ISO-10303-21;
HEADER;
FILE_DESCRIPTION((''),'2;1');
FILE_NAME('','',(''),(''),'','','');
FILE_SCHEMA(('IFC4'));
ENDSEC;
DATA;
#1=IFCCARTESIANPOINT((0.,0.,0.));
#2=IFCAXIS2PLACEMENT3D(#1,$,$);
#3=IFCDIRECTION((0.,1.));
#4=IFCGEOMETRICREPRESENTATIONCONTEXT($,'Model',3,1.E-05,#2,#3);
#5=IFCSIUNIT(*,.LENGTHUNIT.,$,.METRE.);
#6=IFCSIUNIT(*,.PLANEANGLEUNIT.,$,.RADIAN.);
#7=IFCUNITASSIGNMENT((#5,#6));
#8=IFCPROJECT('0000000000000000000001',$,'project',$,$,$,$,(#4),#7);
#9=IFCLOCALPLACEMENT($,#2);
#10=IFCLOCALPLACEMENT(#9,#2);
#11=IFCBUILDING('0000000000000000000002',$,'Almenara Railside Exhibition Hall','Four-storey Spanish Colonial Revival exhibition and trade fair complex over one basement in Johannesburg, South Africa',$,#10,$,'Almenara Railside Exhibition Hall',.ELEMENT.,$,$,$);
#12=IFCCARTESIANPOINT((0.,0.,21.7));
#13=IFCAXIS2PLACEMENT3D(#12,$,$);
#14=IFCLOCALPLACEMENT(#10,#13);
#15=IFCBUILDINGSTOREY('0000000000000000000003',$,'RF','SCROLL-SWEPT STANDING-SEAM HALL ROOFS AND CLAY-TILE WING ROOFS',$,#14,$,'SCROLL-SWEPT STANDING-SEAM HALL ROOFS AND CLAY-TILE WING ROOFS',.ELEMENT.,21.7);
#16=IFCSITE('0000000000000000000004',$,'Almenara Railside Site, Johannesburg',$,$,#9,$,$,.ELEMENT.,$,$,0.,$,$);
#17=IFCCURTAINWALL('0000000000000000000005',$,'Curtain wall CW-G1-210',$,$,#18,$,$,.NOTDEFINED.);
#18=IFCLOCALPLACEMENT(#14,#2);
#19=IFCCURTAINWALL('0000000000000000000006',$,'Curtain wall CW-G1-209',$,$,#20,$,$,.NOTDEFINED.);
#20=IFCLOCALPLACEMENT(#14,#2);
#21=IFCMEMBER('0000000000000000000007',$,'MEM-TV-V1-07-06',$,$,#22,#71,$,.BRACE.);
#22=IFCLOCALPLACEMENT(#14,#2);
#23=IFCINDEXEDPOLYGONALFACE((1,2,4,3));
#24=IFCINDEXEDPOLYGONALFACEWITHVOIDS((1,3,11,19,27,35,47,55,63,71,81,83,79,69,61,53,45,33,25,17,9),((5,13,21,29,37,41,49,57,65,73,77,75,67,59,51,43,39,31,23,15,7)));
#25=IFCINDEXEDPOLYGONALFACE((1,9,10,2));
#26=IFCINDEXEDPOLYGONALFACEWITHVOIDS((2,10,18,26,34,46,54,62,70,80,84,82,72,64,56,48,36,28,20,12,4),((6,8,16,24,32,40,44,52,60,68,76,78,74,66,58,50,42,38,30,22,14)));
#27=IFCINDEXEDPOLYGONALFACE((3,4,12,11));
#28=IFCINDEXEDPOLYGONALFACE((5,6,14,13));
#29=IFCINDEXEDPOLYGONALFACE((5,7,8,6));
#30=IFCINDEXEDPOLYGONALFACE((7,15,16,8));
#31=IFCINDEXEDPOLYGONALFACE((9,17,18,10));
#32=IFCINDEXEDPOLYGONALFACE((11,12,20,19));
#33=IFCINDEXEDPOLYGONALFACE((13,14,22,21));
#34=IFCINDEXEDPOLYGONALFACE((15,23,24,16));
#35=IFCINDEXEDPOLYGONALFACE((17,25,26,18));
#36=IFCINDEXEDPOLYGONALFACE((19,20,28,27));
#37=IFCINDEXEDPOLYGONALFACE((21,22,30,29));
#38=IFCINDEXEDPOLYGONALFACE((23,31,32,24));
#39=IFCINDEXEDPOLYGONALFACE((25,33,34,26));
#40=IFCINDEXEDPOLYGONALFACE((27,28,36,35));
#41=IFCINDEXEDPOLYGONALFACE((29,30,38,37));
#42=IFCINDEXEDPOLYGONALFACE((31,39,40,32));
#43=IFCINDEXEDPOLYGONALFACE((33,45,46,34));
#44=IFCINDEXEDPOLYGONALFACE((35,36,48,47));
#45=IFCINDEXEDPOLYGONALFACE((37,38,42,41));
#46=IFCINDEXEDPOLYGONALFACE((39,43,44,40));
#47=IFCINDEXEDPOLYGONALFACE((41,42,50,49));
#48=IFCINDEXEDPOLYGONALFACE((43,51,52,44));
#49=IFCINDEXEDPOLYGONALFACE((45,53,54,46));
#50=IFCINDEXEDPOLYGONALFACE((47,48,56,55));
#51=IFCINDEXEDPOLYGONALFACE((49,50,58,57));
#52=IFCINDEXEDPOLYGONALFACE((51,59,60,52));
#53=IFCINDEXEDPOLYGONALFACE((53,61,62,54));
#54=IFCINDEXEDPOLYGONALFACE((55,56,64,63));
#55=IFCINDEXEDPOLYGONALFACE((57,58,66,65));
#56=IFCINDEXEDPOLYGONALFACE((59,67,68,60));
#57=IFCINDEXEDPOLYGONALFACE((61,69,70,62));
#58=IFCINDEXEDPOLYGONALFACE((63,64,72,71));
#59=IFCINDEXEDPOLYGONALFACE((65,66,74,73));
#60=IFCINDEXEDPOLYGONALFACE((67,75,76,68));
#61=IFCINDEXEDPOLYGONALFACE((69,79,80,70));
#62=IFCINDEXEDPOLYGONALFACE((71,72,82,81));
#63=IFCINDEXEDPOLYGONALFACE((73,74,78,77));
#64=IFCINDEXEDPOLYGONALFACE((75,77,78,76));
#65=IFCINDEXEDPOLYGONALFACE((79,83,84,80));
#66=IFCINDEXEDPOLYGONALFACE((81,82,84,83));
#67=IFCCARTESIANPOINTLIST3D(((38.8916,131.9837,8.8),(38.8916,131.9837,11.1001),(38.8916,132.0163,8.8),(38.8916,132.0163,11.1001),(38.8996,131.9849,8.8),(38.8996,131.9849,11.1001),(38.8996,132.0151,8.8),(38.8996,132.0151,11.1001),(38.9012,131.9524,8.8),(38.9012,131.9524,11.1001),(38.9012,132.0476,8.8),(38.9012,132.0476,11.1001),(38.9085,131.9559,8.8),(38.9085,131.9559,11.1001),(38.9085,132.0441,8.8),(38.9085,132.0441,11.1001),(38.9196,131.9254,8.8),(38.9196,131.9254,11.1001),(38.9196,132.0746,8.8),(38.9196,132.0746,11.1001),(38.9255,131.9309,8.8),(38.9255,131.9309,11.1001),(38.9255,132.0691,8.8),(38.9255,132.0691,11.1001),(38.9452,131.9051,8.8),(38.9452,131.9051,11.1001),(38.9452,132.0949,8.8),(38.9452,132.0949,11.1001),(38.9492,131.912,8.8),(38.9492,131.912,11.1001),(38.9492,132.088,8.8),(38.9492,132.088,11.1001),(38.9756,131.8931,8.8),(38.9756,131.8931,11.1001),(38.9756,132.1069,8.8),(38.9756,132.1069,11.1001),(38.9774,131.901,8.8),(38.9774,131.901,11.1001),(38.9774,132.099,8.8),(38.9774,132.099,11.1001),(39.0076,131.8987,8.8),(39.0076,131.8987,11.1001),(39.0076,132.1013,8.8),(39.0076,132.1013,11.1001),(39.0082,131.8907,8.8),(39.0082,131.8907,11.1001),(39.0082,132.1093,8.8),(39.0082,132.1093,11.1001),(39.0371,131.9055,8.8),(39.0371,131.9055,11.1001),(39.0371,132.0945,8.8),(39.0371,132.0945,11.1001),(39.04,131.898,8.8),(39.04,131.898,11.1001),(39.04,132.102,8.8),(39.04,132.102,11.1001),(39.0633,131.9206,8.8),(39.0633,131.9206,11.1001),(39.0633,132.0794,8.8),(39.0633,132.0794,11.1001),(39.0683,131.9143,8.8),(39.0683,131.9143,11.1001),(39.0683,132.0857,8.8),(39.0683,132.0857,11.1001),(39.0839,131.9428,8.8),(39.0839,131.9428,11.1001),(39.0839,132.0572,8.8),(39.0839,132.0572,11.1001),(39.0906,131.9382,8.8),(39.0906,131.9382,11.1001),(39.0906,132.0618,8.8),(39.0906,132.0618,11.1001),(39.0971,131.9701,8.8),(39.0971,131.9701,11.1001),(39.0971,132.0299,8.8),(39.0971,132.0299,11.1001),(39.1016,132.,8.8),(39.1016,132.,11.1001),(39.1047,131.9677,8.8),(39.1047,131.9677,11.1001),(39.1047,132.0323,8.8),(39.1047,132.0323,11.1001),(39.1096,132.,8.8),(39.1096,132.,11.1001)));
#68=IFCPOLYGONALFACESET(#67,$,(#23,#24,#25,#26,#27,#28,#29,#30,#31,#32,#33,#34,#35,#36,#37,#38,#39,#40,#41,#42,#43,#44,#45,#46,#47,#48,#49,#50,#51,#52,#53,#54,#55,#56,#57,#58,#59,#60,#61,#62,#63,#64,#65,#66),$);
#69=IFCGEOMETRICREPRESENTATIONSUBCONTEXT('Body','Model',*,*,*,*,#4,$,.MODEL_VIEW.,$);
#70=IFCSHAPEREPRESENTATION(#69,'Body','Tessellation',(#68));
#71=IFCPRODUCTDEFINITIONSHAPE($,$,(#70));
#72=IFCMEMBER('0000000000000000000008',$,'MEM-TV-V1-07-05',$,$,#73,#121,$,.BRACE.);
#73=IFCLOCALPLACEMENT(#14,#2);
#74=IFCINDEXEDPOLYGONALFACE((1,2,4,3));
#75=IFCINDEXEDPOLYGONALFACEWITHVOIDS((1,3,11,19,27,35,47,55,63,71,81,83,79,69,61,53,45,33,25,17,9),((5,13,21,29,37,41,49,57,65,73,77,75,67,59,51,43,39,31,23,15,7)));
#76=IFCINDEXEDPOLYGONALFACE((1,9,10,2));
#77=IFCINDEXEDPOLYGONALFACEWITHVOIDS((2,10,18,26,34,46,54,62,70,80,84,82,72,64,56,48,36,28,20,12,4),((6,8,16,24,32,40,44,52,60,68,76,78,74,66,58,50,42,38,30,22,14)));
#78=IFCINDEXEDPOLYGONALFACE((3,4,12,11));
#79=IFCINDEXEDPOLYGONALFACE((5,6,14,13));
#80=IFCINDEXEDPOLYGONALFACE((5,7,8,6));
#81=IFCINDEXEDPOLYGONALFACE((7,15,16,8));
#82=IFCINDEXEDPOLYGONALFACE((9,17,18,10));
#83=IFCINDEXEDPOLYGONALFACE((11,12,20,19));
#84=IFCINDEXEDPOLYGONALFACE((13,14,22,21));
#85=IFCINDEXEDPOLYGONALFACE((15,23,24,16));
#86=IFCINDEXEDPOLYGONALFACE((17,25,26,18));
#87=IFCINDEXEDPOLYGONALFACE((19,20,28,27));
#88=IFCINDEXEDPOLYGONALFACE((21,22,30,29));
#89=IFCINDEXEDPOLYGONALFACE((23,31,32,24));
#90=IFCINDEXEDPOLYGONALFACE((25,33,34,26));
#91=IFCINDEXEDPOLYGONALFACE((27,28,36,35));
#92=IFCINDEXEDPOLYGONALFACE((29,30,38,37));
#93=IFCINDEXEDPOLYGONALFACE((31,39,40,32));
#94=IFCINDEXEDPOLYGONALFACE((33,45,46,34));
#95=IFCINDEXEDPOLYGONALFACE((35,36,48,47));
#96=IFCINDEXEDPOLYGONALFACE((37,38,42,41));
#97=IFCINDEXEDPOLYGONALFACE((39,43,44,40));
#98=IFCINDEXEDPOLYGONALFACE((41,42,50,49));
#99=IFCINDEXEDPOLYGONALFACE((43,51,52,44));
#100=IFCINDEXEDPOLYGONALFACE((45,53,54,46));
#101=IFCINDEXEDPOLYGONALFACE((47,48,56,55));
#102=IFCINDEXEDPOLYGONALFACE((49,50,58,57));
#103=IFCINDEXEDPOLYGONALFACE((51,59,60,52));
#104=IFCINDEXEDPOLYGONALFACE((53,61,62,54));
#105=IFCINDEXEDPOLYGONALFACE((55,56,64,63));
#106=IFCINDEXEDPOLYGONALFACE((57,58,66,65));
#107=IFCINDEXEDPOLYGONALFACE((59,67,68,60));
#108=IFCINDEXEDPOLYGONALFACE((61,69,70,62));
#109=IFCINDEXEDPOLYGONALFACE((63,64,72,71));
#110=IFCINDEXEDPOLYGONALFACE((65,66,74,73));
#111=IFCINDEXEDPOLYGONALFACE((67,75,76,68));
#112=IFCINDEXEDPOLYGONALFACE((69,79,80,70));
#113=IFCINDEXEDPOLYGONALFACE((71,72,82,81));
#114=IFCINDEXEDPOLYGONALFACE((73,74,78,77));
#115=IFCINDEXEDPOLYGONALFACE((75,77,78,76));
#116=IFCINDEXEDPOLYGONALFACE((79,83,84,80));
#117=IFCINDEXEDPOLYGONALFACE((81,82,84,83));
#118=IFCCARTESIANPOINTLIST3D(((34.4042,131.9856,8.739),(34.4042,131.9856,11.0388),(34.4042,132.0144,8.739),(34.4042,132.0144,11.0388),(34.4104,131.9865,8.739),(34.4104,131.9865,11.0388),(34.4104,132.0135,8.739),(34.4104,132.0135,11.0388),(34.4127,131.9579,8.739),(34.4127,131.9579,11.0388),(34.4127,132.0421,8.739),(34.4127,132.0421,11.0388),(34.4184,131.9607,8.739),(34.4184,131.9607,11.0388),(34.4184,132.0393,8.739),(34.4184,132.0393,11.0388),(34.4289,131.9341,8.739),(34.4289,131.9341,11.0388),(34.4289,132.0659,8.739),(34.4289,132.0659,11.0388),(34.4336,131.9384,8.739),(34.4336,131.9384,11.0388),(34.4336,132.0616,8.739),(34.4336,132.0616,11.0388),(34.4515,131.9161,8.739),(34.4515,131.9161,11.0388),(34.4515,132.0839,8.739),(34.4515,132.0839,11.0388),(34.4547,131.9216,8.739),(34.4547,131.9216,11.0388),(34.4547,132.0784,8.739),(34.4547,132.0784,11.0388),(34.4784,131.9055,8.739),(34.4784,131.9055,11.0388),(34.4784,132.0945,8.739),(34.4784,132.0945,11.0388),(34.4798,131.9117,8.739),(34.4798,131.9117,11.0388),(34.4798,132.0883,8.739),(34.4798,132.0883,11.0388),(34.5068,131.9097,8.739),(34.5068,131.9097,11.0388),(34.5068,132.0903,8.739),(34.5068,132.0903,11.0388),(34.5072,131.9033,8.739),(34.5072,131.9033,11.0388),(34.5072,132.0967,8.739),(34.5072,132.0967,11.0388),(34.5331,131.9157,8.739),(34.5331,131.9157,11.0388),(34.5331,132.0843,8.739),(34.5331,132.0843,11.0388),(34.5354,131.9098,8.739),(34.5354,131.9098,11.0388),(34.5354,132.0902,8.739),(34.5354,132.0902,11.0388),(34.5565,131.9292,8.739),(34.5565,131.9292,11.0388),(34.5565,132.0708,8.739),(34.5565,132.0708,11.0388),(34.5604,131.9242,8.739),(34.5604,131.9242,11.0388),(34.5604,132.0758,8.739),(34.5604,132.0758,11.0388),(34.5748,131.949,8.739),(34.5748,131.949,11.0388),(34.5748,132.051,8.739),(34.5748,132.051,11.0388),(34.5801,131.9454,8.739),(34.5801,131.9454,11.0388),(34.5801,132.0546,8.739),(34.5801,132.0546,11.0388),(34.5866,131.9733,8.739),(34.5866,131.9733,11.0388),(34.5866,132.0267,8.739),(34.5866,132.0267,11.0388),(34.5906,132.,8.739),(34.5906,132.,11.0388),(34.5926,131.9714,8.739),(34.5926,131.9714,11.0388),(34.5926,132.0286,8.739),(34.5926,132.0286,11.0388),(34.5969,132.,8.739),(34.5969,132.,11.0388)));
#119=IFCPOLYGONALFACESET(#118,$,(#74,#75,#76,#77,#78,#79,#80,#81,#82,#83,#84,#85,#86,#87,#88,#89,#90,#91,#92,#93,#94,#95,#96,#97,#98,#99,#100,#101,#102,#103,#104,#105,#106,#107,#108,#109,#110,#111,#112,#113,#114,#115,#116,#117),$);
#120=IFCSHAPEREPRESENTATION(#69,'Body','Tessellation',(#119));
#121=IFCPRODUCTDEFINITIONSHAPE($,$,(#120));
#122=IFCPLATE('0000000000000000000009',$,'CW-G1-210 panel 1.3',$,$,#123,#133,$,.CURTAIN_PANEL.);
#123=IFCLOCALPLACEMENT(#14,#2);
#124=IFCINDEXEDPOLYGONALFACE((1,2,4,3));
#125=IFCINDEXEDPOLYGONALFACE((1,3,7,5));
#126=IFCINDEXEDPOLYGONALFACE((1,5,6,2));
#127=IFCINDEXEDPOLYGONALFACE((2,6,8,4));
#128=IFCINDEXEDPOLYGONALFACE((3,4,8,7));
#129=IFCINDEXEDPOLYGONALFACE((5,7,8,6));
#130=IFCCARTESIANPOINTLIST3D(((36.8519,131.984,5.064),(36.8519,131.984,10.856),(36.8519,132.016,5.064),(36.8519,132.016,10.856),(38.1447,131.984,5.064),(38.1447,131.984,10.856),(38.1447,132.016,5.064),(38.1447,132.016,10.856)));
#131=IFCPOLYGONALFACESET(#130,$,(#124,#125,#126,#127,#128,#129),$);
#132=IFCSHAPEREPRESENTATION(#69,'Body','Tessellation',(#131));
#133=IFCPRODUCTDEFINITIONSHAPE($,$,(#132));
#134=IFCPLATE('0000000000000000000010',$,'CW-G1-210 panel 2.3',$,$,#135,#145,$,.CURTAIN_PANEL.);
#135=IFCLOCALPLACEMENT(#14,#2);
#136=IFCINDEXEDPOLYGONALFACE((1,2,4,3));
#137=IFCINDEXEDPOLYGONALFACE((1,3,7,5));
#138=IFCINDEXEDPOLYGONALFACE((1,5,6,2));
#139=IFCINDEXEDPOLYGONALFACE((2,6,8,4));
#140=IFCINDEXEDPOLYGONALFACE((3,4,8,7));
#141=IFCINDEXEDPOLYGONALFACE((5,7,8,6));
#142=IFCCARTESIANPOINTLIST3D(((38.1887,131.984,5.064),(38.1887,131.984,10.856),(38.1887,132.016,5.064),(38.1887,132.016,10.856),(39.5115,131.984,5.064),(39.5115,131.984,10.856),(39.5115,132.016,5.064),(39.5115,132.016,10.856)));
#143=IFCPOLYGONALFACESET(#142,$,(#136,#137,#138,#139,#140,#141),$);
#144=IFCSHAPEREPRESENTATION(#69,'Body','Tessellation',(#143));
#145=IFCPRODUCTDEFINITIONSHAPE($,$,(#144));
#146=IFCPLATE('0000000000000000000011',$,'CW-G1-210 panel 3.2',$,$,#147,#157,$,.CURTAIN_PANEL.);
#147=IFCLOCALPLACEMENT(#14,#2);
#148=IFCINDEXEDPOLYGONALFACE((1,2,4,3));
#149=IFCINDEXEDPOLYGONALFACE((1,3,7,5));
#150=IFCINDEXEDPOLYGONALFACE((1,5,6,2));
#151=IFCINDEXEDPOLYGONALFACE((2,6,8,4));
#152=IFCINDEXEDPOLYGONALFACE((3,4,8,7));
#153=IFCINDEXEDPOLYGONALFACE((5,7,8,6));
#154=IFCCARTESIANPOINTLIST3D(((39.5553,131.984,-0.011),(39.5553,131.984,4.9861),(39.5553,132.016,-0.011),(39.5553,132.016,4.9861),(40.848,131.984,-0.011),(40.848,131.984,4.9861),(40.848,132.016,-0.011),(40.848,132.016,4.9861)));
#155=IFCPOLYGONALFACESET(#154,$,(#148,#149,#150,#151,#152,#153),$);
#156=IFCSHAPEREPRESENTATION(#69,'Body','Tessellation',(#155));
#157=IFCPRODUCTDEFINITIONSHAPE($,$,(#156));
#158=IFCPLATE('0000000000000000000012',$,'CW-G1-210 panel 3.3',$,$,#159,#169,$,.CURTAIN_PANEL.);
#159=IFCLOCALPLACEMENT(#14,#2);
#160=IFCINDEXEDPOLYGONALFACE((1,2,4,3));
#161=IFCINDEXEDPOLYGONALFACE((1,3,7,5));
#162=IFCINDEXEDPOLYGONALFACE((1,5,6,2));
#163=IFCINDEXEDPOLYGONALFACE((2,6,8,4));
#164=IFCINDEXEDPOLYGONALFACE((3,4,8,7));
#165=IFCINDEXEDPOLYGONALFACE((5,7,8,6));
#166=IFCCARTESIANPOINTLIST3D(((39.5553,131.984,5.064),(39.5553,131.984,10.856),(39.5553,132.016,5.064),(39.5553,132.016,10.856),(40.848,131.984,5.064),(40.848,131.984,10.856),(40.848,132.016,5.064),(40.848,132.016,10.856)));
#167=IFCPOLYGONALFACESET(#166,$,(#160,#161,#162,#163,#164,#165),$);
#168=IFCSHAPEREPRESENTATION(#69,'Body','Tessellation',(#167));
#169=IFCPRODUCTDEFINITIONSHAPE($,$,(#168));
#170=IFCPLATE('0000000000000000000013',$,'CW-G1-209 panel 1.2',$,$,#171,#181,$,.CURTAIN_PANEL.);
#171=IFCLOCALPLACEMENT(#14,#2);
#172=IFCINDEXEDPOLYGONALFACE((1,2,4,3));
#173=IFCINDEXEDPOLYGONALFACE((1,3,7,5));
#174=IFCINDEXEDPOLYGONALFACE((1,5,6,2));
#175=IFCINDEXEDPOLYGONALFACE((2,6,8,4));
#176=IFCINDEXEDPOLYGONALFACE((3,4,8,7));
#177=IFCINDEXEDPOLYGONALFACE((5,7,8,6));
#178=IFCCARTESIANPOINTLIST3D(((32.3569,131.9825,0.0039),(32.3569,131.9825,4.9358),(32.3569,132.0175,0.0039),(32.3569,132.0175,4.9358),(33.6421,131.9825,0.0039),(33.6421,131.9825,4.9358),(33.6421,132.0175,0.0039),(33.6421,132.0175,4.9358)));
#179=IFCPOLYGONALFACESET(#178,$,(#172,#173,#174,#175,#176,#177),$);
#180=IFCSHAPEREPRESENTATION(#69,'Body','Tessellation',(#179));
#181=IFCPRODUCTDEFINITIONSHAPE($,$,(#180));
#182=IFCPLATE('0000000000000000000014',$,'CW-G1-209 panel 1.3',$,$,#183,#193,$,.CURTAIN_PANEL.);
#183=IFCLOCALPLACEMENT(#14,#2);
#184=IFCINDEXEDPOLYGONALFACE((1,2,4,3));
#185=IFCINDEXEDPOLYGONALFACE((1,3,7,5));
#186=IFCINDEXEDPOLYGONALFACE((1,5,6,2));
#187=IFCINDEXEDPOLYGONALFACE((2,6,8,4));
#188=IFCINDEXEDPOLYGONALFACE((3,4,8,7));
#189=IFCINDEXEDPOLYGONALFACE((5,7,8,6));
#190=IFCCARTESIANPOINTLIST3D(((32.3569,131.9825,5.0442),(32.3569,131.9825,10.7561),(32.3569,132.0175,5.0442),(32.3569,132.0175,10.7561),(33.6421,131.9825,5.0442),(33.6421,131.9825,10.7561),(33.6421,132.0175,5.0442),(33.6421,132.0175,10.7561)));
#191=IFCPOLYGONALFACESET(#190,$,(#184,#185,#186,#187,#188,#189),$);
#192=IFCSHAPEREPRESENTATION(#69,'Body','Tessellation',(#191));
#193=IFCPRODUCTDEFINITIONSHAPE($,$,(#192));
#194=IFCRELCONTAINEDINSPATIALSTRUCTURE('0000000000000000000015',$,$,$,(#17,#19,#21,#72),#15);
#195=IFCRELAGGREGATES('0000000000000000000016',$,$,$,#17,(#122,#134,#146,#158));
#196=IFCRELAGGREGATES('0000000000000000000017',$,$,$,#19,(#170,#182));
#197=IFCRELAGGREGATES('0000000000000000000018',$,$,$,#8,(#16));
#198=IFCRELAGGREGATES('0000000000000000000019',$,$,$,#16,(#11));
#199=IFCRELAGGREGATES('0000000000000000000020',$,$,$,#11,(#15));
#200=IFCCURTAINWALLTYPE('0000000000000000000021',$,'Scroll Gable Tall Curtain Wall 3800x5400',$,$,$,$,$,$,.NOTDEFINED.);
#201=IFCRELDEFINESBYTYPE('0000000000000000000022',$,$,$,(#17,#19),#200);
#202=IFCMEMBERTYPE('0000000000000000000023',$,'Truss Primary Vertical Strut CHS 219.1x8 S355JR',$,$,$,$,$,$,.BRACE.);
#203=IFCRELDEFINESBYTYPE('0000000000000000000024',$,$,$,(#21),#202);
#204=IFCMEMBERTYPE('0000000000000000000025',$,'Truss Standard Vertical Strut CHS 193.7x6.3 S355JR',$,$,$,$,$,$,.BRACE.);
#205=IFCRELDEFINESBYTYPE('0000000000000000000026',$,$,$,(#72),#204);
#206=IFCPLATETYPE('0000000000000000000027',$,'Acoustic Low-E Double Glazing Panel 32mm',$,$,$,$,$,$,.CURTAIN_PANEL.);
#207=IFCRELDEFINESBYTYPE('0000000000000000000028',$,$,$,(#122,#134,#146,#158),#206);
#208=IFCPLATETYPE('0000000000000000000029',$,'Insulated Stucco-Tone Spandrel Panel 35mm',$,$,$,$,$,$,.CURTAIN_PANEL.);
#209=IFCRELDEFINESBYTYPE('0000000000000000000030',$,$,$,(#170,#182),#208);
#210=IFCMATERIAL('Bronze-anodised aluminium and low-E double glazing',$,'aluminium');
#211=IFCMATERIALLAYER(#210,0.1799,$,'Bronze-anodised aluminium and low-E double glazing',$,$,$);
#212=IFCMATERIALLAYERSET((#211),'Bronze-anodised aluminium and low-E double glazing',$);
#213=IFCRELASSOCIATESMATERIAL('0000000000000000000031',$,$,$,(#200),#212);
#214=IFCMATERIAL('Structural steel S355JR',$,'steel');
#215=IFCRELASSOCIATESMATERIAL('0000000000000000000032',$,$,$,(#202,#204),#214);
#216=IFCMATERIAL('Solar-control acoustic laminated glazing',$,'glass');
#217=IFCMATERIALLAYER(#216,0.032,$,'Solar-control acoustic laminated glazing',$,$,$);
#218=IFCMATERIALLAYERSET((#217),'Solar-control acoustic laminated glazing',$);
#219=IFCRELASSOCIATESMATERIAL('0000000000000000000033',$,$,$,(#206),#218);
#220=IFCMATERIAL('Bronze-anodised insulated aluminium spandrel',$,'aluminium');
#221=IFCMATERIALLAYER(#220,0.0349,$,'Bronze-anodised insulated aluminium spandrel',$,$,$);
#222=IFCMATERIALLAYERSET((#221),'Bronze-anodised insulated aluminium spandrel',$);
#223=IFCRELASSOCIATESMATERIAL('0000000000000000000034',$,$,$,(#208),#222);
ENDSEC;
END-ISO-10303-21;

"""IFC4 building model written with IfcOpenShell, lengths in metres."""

from ifc_helpers import new_model, si_unit, direction, frame, origin, origin_2d, place, context, subcontext, project, spatial, rectangle, hollow_circle, extrude, material, layer, layer_set, material_profile, profile_set, type_object, element, aggregate, save


model = new_model("IFC4")

# Units and contexts
model_context = context("Model", 3, precision=1e-05, world=origin(), true_north=direction((0.0, 1.0)))
body_context = subcontext(model_context, "Body", "Model", "MODEL_VIEW")
ifc_project = project(units=[si_unit("LENGTHUNIT", "METRE"), si_unit("PLANEANGLEUNIT", "RADIAN")], contexts=[model_context])

# Site, building, storey
site_placement = place(None, origin())
site = spatial("IfcSite", under=ifc_project, at=site_placement, Name="Almenara Railside Site, Johannesburg", CompositionType="ELEMENT", RefElevation=0.0)
building_placement = place(site_placement, origin())
building = spatial("IfcBuilding", under=site, at=building_placement, Name="Almenara Railside Exhibition Hall", Description="Four-storey Spanish Colonial Revival exhibition and trade fair complex over one basement in Johannesburg, South Africa", LongName="Almenara Railside Exhibition Hall", CompositionType="ELEMENT")
storey_placement = place(building_placement, frame((0.0, 0.0, 21.7)))
storey = spatial("IfcBuildingStorey", under=building, at=storey_placement, Name="RF", Description="SCROLL-SWEPT STANDING-SEAM HALL ROOFS AND CLAY-TILE WING ROOFS", LongName="SCROLL-SWEPT STANDING-SEAM HALL ROOFS AND CLAY-TILE WING ROOFS", CompositionType="ELEMENT", Elevation=21.7)

# Shared definitions
ifc_material_1 = material(Name="Structural steel S355JR", Category="steel")

# Curtain walls
ifc_material_2 = material(Name="Bronze-anodised aluminium and low-E double glazing", Category="aluminium")
ifc_layer_1 = layer(ifc_material_2, 0.1799, Name="Bronze-anodised aluminium and low-E double glazing")
ifc_layer_set_1 = layer_set([ifc_layer_1], Name="Bronze-anodised aluminium and low-E double glazing")
curtain_wall_type = type_object("IfcCurtainWallType", Name="Scroll Gable Tall Curtain Wall 3800x5400", PredefinedType="NOTDEFINED", material=ifc_layer_set_1)
curtain_wall_1_placement = place(storey_placement, origin())
curtain_wall_1 = element("IfcCurtainWall", 1, at=curtain_wall_1_placement, inside=storey, type_object=curtain_wall_type, Name="Curtain wall CW-G1-210", PredefinedType="NOTDEFINED")
curtain_wall_2_placement = place(storey_placement, origin())
curtain_wall_2 = element("IfcCurtainWall", 2, at=curtain_wall_2_placement, inside=storey, type_object=curtain_wall_type, Name="Curtain wall CW-G1-209", PredefinedType="NOTDEFINED")

# Members
ifc_material_profile_1 = material_profile(ifc_material_1, hollow_circle(Radius=0.1096, WallThickness=0.0081, at=origin_2d()), Name="CHS 219.1x8")
ifc_profile_set_1 = profile_set([ifc_material_profile_1], Name="Structural steel S355JR")
member_type_1 = type_object("IfcMemberType", Name="Truss Primary Vertical Strut CHS 219.1x8 S355JR", PredefinedType="BRACE", material=ifc_profile_set_1)
member_1_placement = place(storey_placement, frame((39.0, 132.0, 8.8), z_axis=(0.0, 0.0, 1.0), x_axis=(1.0, 0.0, 0.0)))
element("IfcMember", 3, at=member_1_placement, inside=storey, type_object=member_type_1, Name="MEM-TV-V1-07-06", PredefinedType="BRACE", context=body_context, shape_type="SweptSolid", body=[
    extrude(hollow_circle(Radius=0.1096, WallThickness=0.0081, at=origin_2d()), origin(), (0.0, 0.0, 1.0), 2.3),
])
ifc_material_profile_2 = material_profile(ifc_material_1, hollow_circle(Radius=0.0969, WallThickness=0.0063, at=origin_2d()), Name="CHS 193.7x6.3")
ifc_profile_set_2 = profile_set([ifc_material_profile_2], Name="Structural steel S355JR")
member_type_2 = type_object("IfcMemberType", Name="Truss Standard Vertical Strut CHS 193.7x6.3 S355JR", PredefinedType="BRACE", material=ifc_profile_set_2)
member_2_placement = place(storey_placement, frame((34.5, 132.0, 8.739), z_axis=(0.0, 0.0, 1.0), x_axis=(1.0, 0.0, 0.0)))
element("IfcMember", 4, at=member_2_placement, inside=storey, type_object=member_type_2, Name="MEM-TV-V1-07-05", PredefinedType="BRACE", context=body_context, shape_type="SweptSolid", body=[
    extrude(hollow_circle(Radius=0.0969, WallThickness=0.0063, at=origin_2d()), origin(), (0.0, 0.0, 1.0), 2.2998),
])

# Plates
ifc_material_3 = material(Name="Solar-control acoustic laminated glazing", Category="glass")
ifc_layer_2 = layer(ifc_material_3, 0.032, Name="Solar-control acoustic laminated glazing")
ifc_layer_set_2 = layer_set([ifc_layer_2], Name="Solar-control acoustic laminated glazing")
plate_type_1 = type_object("IfcPlateType", Name="Acoustic Low-E Double Glazing Panel 32mm", PredefinedType="CURTAIN_PANEL", material=ifc_layer_set_2)
plate_1_placement = place(storey_placement, frame((37.4983, 132.0, 5.064), z_axis=(0.0, 0.0, 1.0), x_axis=(1.0, 0.0, 0.0)))
plate_1 = element("IfcPlate", 5, at=plate_1_placement, type_object=plate_type_1, Name="CW-G1-210 panel 1.3", PredefinedType="CURTAIN_PANEL", context=body_context, shape_type="SweptSolid", body=[
    extrude(rectangle(XDim=1.2927, YDim=0.032, at=origin_2d()), origin(), (0.0, 0.0, 1.0), 5.792),
])
plate_2_placement = place(storey_placement, frame((38.8501, 132.0, 5.064), z_axis=(0.0, 0.0, 1.0), x_axis=(1.0, 0.0, 0.0)))
plate_2 = element("IfcPlate", 6, at=plate_2_placement, type_object=plate_type_1, Name="CW-G1-210 panel 2.3", PredefinedType="CURTAIN_PANEL", context=body_context, shape_type="SweptSolid", body=[
    extrude(rectangle(XDim=1.3228, YDim=0.032, at=origin_2d()), origin(), (0.0, 0.0, 1.0), 5.792),
])
plate_3_placement = place(storey_placement, frame((40.2017, 132.0, -0.011), z_axis=(0.0, 0.0, 1.0), x_axis=(1.0, 0.0, 0.0)))
plate_3 = element("IfcPlate", 7, at=plate_3_placement, type_object=plate_type_1, Name="CW-G1-210 panel 3.2", PredefinedType="CURTAIN_PANEL", context=body_context, shape_type="SweptSolid", body=[
    extrude(rectangle(XDim=1.2927, YDim=0.032, at=origin_2d()), origin(), (0.0, 0.0, 1.0), 4.9971),
])
plate_4_placement = place(storey_placement, frame((40.2017, 132.0, 5.064), z_axis=(0.0, 0.0, 1.0), x_axis=(1.0, 0.0, 0.0)))
plate_4 = element("IfcPlate", 8, at=plate_4_placement, type_object=plate_type_1, Name="CW-G1-210 panel 3.3", PredefinedType="CURTAIN_PANEL", context=body_context, shape_type="SweptSolid", body=[
    extrude(rectangle(XDim=1.2927, YDim=0.032, at=origin_2d()), origin(), (0.0, 0.0, 1.0), 5.792),
])
aggregate(curtain_wall_1, [plate_1, plate_2, plate_3, plate_4])
ifc_material_4 = material(Name="Bronze-anodised insulated aluminium spandrel", Category="aluminium")
ifc_layer_3 = layer(ifc_material_4, 0.0349, Name="Bronze-anodised insulated aluminium spandrel")
ifc_layer_set_3 = layer_set([ifc_layer_3], Name="Bronze-anodised insulated aluminium spandrel")
plate_type_2 = type_object("IfcPlateType", Name="Insulated Stucco-Tone Spandrel Panel 35mm", PredefinedType="CURTAIN_PANEL", material=ifc_layer_set_3)
plate_5_placement = place(storey_placement, frame((32.9995, 132.0, 0.0039), z_axis=(0.0, 0.0, 1.0), x_axis=(1.0, 0.0, 0.0)))
plate_5 = element("IfcPlate", 9, at=plate_5_placement, type_object=plate_type_2, Name="CW-G1-209 panel 1.2", PredefinedType="CURTAIN_PANEL", context=body_context, shape_type="SweptSolid", body=[
    extrude(rectangle(XDim=1.2852, YDim=0.0349, at=origin_2d()), origin(), (0.0, 0.0, 1.0), 4.9319),
])
plate_6_placement = place(storey_placement, frame((32.9995, 132.0, 5.0442), z_axis=(0.0, 0.0, 1.0), x_axis=(1.0, 0.0, 0.0)))
plate_6 = element("IfcPlate", 10, at=plate_6_placement, type_object=plate_type_2, Name="CW-G1-209 panel 1.3", PredefinedType="CURTAIN_PANEL", context=body_context, shape_type="SweptSolid", body=[
    extrude(rectangle(XDim=1.2852, YDim=0.0349, at=origin_2d()), origin(), (0.0, 0.0, 1.0), 5.7119),
])
aggregate(curtain_wall_2, [plate_5, plate_6])

save(model, "model.ifc")
